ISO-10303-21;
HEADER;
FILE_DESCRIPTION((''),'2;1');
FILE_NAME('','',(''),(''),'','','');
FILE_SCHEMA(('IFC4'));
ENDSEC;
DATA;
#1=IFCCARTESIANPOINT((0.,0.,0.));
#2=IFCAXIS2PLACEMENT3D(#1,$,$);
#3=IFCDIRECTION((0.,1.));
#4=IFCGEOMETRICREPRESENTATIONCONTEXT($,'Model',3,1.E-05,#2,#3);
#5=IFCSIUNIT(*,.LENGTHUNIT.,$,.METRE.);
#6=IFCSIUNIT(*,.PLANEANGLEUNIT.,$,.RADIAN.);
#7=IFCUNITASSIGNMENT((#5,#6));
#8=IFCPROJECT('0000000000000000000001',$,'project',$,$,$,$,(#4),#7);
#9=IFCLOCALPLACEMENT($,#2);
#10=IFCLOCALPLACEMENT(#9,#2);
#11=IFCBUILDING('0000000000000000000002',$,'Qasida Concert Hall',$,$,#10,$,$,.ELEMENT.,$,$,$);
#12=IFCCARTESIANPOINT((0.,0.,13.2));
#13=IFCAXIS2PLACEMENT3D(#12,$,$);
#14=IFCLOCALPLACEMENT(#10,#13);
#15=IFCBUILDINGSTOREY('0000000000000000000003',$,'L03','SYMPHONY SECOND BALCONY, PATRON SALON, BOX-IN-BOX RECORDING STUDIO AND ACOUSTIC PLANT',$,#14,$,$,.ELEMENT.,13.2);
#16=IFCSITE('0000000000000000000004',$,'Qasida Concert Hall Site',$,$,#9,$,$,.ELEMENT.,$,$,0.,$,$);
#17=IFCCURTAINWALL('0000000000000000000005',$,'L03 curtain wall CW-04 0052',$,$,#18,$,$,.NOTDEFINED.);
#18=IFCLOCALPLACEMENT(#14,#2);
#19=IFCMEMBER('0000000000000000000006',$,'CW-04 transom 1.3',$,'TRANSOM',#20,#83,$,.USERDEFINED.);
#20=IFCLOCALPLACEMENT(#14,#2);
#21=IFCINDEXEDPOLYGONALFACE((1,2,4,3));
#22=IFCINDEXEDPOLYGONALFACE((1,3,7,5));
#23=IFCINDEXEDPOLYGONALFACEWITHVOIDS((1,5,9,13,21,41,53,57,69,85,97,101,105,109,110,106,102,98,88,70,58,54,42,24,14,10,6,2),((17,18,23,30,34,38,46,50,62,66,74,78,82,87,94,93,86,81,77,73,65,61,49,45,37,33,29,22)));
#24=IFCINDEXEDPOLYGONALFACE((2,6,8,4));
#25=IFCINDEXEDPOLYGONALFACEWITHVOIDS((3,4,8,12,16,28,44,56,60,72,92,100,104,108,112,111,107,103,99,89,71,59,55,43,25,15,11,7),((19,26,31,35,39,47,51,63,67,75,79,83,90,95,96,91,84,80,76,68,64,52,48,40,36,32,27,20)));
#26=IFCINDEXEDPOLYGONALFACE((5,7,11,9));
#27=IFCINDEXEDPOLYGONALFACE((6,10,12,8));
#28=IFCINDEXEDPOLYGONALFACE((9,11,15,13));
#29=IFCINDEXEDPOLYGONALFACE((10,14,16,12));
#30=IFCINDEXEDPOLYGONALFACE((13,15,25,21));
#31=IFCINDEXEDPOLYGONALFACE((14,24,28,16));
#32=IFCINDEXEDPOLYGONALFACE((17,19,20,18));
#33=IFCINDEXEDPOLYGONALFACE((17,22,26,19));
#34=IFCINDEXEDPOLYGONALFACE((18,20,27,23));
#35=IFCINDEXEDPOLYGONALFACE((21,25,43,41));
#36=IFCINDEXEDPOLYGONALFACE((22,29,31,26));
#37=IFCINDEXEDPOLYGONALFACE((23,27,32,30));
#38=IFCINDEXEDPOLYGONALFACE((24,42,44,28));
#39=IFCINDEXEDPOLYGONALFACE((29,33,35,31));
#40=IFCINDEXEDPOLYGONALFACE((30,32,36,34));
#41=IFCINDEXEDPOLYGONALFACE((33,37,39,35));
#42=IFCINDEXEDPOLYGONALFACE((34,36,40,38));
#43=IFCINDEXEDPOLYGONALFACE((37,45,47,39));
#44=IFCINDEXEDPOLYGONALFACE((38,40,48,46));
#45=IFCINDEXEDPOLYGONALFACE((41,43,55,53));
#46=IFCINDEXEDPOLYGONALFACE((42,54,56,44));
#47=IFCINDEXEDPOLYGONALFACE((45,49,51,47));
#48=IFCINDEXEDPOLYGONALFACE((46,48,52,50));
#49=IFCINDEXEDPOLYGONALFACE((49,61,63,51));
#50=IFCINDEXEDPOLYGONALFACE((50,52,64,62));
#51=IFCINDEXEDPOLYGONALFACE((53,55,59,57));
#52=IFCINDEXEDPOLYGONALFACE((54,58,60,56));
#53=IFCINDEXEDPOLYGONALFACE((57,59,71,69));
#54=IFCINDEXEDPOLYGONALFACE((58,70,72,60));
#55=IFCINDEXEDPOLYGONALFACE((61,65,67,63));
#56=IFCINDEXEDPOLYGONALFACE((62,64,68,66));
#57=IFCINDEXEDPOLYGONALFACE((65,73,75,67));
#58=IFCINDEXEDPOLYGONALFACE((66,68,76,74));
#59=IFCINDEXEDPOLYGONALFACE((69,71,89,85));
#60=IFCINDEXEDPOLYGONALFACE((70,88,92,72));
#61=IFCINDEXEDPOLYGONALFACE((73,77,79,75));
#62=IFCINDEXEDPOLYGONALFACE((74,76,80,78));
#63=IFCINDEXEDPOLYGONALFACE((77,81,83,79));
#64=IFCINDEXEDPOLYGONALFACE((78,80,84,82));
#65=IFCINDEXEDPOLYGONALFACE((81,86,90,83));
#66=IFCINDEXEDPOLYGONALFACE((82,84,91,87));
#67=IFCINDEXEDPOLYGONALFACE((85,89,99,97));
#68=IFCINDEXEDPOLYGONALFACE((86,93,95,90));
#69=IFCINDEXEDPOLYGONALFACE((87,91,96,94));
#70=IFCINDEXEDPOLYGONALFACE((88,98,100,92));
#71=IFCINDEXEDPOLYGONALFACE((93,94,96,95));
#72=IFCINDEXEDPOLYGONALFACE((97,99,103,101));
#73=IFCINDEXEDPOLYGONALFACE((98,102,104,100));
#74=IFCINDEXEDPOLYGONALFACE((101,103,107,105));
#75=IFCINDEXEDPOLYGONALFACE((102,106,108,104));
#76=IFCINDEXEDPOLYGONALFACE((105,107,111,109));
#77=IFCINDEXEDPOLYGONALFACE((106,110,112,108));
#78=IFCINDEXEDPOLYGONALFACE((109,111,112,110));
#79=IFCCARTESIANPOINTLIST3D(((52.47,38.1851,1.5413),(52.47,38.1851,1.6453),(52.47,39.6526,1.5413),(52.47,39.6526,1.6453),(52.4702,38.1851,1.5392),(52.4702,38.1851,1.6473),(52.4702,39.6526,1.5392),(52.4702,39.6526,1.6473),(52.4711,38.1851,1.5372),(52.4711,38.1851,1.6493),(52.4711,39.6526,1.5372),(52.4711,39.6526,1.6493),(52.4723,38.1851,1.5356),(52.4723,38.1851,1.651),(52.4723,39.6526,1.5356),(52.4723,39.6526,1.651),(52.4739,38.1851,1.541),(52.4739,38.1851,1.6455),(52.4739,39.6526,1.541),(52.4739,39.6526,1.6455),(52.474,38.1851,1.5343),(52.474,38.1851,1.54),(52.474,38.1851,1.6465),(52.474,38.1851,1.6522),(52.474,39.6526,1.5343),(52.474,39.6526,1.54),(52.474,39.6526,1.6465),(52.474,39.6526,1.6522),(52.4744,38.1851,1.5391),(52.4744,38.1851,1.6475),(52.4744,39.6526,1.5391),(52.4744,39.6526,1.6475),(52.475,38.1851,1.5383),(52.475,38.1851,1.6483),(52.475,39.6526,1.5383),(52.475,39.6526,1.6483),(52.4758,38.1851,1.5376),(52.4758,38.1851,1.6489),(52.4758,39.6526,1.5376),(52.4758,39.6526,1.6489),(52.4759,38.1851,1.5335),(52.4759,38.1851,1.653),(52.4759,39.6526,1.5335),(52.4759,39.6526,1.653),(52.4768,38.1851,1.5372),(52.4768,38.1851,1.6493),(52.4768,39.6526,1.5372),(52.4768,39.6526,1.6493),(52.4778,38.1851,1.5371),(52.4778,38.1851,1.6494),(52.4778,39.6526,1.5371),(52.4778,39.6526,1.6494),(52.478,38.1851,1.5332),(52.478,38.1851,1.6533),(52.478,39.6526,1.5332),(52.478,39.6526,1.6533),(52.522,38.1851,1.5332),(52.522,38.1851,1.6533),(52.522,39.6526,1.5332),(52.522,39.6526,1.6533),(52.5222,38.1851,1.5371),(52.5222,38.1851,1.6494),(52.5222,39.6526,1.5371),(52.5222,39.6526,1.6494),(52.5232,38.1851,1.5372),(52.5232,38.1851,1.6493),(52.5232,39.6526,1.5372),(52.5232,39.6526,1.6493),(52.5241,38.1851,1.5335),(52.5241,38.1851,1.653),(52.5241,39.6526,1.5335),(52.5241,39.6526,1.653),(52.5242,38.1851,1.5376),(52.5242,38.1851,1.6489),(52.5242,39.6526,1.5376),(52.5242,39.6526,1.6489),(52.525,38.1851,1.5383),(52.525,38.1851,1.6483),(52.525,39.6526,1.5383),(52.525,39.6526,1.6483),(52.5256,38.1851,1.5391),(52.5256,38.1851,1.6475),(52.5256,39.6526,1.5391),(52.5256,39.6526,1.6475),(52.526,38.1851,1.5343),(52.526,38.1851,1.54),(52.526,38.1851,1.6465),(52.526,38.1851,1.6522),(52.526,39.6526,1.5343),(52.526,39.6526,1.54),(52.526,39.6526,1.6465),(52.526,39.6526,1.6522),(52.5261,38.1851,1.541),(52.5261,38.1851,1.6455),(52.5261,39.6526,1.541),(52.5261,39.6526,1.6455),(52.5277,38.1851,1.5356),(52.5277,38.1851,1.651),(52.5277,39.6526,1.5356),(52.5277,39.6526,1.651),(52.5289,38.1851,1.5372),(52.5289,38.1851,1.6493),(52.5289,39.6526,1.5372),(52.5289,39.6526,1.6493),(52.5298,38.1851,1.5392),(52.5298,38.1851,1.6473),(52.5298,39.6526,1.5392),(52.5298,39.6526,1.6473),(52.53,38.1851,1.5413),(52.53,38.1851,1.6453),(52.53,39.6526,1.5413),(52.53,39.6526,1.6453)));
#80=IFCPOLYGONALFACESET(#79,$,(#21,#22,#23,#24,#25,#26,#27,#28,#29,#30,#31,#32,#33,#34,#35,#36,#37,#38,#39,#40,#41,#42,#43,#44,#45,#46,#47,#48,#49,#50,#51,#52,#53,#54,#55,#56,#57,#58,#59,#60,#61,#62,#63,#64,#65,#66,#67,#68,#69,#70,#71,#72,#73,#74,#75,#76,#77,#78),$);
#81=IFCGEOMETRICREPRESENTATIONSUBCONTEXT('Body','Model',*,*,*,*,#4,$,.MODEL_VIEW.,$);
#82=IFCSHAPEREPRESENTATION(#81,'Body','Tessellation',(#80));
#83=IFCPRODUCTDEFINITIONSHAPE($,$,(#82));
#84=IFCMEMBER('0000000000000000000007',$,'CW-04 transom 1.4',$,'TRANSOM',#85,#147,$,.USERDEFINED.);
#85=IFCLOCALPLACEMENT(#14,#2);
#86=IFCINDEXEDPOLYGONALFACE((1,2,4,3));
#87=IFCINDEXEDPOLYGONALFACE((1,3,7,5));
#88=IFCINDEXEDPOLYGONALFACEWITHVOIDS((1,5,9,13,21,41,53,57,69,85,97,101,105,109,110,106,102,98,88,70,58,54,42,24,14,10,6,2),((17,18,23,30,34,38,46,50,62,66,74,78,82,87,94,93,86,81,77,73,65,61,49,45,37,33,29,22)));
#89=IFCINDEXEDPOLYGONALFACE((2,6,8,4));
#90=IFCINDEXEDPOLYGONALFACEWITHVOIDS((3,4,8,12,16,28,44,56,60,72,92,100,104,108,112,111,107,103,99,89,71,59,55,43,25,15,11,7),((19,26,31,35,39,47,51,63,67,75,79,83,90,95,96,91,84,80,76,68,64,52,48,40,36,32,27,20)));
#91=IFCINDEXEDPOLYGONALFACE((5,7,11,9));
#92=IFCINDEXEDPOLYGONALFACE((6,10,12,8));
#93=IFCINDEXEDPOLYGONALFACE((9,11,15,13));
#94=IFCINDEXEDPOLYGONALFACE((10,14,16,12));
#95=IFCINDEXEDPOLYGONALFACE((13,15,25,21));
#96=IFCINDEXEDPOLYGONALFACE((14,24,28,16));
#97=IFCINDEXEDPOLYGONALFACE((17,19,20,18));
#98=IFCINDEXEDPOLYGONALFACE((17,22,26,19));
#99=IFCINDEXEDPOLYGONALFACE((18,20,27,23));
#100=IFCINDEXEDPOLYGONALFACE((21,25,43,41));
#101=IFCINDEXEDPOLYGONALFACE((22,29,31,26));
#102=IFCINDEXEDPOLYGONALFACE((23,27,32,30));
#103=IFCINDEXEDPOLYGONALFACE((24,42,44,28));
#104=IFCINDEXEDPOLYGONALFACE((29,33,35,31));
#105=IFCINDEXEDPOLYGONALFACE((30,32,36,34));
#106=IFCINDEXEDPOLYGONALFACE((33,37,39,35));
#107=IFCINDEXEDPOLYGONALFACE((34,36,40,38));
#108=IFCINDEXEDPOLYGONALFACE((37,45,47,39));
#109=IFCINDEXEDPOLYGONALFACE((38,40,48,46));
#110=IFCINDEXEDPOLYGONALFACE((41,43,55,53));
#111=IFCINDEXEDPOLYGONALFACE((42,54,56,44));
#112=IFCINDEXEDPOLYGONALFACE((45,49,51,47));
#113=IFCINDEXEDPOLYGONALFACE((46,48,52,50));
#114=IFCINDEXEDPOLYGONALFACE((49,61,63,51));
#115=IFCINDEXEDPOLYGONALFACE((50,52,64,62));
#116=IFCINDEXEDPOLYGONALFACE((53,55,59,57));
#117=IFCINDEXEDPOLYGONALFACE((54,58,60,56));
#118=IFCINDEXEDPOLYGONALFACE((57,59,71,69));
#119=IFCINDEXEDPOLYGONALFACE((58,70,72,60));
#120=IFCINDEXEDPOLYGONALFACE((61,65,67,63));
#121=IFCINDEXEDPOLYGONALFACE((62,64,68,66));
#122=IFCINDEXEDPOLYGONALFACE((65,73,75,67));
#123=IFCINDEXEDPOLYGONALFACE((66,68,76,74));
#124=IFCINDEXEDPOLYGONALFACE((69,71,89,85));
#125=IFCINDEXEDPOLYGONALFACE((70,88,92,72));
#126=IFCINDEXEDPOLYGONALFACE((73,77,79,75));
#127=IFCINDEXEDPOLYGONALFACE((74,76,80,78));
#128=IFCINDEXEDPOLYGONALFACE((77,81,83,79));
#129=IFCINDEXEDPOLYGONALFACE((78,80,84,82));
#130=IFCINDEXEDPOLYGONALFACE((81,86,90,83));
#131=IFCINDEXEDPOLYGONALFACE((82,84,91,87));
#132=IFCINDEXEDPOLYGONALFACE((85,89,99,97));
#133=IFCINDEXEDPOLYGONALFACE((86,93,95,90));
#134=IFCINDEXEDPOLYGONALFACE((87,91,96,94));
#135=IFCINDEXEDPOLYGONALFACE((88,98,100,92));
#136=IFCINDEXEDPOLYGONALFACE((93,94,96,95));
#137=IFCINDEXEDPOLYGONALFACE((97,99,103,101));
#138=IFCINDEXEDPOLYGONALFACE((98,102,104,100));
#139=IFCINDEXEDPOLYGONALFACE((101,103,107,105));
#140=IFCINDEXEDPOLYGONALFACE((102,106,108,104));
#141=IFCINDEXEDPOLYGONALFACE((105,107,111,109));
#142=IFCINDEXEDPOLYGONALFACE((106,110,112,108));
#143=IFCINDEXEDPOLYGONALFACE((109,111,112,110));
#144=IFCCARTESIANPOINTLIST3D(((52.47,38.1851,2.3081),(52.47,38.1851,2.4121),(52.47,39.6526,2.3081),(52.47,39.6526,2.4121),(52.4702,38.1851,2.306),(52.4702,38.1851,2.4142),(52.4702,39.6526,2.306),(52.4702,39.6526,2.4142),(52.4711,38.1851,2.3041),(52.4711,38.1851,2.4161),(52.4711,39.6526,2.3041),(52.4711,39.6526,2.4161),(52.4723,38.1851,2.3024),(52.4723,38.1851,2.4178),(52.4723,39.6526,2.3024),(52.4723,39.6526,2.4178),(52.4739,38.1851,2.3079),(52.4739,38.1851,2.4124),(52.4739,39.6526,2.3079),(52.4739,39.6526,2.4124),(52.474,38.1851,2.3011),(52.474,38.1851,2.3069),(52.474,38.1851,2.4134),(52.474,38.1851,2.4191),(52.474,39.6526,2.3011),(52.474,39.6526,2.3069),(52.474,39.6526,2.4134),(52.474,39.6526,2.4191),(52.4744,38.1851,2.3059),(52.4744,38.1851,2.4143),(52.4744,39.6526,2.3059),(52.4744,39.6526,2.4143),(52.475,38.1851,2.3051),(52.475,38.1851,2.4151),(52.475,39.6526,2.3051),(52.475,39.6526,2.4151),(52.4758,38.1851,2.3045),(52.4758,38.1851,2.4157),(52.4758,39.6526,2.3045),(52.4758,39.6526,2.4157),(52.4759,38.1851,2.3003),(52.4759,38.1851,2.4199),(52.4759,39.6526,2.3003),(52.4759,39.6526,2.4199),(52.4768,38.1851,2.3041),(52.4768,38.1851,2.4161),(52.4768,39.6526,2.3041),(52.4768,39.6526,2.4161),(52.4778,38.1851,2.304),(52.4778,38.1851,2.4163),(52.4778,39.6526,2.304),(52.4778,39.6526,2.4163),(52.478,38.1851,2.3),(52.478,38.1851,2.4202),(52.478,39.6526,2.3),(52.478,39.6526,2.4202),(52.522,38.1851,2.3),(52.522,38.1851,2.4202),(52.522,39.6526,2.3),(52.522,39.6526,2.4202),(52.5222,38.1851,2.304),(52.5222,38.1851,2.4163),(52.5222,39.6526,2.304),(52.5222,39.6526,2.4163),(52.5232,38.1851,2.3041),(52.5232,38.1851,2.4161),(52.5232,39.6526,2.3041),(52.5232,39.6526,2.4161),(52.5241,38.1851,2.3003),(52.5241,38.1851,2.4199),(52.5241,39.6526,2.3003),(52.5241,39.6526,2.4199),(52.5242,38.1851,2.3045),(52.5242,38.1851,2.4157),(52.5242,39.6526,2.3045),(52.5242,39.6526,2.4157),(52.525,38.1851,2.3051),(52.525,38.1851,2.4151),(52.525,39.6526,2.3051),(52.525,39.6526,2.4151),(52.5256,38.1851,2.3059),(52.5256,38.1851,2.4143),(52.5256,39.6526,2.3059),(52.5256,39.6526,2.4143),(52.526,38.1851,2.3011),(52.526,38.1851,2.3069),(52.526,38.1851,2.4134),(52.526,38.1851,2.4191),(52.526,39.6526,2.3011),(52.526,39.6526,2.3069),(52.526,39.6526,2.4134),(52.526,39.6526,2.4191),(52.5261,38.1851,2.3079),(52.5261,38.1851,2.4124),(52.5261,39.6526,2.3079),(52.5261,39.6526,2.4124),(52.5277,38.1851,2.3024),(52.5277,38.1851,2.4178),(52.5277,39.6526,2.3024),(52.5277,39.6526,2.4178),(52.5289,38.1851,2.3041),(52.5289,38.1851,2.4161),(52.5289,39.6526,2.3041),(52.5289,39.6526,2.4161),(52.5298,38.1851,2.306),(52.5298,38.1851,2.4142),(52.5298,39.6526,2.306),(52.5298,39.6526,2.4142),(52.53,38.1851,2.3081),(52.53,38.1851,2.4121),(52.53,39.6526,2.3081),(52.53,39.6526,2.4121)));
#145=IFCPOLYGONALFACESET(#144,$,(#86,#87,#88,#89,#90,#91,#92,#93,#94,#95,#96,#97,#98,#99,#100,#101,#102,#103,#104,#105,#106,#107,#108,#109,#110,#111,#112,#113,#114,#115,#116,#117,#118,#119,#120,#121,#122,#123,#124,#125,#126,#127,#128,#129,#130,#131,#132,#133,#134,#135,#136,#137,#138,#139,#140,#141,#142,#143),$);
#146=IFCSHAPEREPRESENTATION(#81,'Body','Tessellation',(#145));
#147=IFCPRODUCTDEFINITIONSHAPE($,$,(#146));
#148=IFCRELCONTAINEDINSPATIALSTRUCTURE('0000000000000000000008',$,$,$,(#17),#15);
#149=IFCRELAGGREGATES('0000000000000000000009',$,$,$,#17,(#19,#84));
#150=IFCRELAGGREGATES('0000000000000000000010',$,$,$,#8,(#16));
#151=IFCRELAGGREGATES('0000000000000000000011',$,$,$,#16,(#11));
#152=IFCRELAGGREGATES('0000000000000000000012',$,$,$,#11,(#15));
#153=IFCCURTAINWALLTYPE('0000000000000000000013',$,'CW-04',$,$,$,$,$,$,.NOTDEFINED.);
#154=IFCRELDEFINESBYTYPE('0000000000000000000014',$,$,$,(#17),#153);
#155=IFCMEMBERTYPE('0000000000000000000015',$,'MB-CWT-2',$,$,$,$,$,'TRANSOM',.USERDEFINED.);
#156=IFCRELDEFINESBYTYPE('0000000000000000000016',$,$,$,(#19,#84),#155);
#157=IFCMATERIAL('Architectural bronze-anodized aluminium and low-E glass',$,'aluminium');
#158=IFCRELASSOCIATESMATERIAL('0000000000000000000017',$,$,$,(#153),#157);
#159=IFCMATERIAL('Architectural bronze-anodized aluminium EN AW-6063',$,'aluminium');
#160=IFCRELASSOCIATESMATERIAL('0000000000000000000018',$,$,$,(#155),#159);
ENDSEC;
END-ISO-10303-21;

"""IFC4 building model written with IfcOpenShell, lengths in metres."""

from ifc_helpers import new_model, si_unit, direction, frame, origin, origin_2d, place, context, subcontext, project, spatial, hollow_rectangle, extrude, material, material_profile, profile_set, type_object, element, aggregate, save


model = new_model("IFC4")

# Units and contexts
model_context = context("Model", 3, precision=1e-05, world=origin(), true_north=direction((0.0, 1.0)))
body_context = subcontext(model_context, "Body", "Model", "MODEL_VIEW")
ifc_project = project(units=[si_unit("LENGTHUNIT", "METRE"), si_unit("PLANEANGLEUNIT", "RADIAN")], contexts=[model_context])

# Site, building, storey
site_placement = place(None, origin())
site = spatial("IfcSite", under=ifc_project, at=site_placement, Name="Qasida Concert Hall Site", CompositionType="ELEMENT", RefElevation=0.0)
building_placement = place(site_placement, origin())
building = spatial("IfcBuilding", under=site, at=building_placement, Name="Qasida Concert Hall", CompositionType="ELEMENT")
storey_placement = place(building_placement, frame((0.0, 0.0, 13.2)))
storey = spatial("IfcBuildingStorey", under=building, at=storey_placement, Name="L03", Description="SYMPHONY SECOND BALCONY, PATRON SALON, BOX-IN-BOX RECORDING STUDIO AND ACOUSTIC PLANT", CompositionType="ELEMENT", Elevation=13.2)

# Curtain wall, members
ifc_material_1 = material(Name="Architectural bronze-anodized aluminium and low-E glass", Category="aluminium")
curtain_wall_type = type_object("IfcCurtainWallType", Name="CW-04", PredefinedType="NOTDEFINED", material=ifc_material_1)
curtain_wall_placement = place(storey_placement, origin())
curtain_wall = element("IfcCurtainWall", 1, at=curtain_wall_placement, inside=storey, type_object=curtain_wall_type, Name="L03 curtain wall CW-04 0052", PredefinedType="NOTDEFINED")
ifc_material_2 = material(Name="Architectural bronze-anodized aluminium EN AW-6063", Category="aluminium")
ifc_material_profile_1 = material_profile(ifc_material_2, hollow_rectangle(XDim=0.0601, YDim=0.1201, WallThickness=0.0039, InnerFilletRadius=0.0039, OuterFilletRadius=0.0081, at=origin_2d()), Name="CWT 120x60x4")
ifc_profile_set_1 = profile_set([ifc_material_profile_1], Name="Architectural bronze-anodized aluminium EN AW-6063")
member_type_1 = type_object("IfcMemberType", Name="MB-CWT-2", ElementType="TRANSOM", PredefinedType="USERDEFINED", material=ifc_profile_set_1)
member_1_placement = place(storey_placement, frame((52.5, 38.1851, 1.5933), z_axis=(0.0, 1.0, 0.0), x_axis=(-1.0, 0.0, 0.0)))
member_1 = element("IfcMember", 2, at=member_1_placement, type_object=member_type_1, Name="CW-04 transom 1.3", ObjectType="TRANSOM", PredefinedType="USERDEFINED", context=body_context, shape_type="SweptSolid", body=[
    extrude(hollow_rectangle(XDim=0.0601, YDim=0.1201, WallThickness=0.0039, InnerFilletRadius=0.0039, OuterFilletRadius=0.0081, at=origin_2d()), origin(), (0.0, 0.0, 1.0), 1.4675),
])
member_2_placement = place(storey_placement, frame((52.5, 38.1851, 2.3601), z_axis=(0.0, 1.0, 0.0), x_axis=(-1.0, 0.0, 0.0)))
member_2 = element("IfcMember", 3, at=member_2_placement, type_object=member_type_1, Name="CW-04 transom 1.4", ObjectType="TRANSOM", PredefinedType="USERDEFINED", context=body_context, shape_type="SweptSolid", body=[
    extrude(hollow_rectangle(XDim=0.0601, YDim=0.1201, WallThickness=0.0039, InnerFilletRadius=0.0039, OuterFilletRadius=0.0081, at=origin_2d()), origin(), (0.0, 0.0, 1.0), 1.4675),
])
aggregate(curtain_wall, [member_1, member_2])

save(model, "model.ifc")
